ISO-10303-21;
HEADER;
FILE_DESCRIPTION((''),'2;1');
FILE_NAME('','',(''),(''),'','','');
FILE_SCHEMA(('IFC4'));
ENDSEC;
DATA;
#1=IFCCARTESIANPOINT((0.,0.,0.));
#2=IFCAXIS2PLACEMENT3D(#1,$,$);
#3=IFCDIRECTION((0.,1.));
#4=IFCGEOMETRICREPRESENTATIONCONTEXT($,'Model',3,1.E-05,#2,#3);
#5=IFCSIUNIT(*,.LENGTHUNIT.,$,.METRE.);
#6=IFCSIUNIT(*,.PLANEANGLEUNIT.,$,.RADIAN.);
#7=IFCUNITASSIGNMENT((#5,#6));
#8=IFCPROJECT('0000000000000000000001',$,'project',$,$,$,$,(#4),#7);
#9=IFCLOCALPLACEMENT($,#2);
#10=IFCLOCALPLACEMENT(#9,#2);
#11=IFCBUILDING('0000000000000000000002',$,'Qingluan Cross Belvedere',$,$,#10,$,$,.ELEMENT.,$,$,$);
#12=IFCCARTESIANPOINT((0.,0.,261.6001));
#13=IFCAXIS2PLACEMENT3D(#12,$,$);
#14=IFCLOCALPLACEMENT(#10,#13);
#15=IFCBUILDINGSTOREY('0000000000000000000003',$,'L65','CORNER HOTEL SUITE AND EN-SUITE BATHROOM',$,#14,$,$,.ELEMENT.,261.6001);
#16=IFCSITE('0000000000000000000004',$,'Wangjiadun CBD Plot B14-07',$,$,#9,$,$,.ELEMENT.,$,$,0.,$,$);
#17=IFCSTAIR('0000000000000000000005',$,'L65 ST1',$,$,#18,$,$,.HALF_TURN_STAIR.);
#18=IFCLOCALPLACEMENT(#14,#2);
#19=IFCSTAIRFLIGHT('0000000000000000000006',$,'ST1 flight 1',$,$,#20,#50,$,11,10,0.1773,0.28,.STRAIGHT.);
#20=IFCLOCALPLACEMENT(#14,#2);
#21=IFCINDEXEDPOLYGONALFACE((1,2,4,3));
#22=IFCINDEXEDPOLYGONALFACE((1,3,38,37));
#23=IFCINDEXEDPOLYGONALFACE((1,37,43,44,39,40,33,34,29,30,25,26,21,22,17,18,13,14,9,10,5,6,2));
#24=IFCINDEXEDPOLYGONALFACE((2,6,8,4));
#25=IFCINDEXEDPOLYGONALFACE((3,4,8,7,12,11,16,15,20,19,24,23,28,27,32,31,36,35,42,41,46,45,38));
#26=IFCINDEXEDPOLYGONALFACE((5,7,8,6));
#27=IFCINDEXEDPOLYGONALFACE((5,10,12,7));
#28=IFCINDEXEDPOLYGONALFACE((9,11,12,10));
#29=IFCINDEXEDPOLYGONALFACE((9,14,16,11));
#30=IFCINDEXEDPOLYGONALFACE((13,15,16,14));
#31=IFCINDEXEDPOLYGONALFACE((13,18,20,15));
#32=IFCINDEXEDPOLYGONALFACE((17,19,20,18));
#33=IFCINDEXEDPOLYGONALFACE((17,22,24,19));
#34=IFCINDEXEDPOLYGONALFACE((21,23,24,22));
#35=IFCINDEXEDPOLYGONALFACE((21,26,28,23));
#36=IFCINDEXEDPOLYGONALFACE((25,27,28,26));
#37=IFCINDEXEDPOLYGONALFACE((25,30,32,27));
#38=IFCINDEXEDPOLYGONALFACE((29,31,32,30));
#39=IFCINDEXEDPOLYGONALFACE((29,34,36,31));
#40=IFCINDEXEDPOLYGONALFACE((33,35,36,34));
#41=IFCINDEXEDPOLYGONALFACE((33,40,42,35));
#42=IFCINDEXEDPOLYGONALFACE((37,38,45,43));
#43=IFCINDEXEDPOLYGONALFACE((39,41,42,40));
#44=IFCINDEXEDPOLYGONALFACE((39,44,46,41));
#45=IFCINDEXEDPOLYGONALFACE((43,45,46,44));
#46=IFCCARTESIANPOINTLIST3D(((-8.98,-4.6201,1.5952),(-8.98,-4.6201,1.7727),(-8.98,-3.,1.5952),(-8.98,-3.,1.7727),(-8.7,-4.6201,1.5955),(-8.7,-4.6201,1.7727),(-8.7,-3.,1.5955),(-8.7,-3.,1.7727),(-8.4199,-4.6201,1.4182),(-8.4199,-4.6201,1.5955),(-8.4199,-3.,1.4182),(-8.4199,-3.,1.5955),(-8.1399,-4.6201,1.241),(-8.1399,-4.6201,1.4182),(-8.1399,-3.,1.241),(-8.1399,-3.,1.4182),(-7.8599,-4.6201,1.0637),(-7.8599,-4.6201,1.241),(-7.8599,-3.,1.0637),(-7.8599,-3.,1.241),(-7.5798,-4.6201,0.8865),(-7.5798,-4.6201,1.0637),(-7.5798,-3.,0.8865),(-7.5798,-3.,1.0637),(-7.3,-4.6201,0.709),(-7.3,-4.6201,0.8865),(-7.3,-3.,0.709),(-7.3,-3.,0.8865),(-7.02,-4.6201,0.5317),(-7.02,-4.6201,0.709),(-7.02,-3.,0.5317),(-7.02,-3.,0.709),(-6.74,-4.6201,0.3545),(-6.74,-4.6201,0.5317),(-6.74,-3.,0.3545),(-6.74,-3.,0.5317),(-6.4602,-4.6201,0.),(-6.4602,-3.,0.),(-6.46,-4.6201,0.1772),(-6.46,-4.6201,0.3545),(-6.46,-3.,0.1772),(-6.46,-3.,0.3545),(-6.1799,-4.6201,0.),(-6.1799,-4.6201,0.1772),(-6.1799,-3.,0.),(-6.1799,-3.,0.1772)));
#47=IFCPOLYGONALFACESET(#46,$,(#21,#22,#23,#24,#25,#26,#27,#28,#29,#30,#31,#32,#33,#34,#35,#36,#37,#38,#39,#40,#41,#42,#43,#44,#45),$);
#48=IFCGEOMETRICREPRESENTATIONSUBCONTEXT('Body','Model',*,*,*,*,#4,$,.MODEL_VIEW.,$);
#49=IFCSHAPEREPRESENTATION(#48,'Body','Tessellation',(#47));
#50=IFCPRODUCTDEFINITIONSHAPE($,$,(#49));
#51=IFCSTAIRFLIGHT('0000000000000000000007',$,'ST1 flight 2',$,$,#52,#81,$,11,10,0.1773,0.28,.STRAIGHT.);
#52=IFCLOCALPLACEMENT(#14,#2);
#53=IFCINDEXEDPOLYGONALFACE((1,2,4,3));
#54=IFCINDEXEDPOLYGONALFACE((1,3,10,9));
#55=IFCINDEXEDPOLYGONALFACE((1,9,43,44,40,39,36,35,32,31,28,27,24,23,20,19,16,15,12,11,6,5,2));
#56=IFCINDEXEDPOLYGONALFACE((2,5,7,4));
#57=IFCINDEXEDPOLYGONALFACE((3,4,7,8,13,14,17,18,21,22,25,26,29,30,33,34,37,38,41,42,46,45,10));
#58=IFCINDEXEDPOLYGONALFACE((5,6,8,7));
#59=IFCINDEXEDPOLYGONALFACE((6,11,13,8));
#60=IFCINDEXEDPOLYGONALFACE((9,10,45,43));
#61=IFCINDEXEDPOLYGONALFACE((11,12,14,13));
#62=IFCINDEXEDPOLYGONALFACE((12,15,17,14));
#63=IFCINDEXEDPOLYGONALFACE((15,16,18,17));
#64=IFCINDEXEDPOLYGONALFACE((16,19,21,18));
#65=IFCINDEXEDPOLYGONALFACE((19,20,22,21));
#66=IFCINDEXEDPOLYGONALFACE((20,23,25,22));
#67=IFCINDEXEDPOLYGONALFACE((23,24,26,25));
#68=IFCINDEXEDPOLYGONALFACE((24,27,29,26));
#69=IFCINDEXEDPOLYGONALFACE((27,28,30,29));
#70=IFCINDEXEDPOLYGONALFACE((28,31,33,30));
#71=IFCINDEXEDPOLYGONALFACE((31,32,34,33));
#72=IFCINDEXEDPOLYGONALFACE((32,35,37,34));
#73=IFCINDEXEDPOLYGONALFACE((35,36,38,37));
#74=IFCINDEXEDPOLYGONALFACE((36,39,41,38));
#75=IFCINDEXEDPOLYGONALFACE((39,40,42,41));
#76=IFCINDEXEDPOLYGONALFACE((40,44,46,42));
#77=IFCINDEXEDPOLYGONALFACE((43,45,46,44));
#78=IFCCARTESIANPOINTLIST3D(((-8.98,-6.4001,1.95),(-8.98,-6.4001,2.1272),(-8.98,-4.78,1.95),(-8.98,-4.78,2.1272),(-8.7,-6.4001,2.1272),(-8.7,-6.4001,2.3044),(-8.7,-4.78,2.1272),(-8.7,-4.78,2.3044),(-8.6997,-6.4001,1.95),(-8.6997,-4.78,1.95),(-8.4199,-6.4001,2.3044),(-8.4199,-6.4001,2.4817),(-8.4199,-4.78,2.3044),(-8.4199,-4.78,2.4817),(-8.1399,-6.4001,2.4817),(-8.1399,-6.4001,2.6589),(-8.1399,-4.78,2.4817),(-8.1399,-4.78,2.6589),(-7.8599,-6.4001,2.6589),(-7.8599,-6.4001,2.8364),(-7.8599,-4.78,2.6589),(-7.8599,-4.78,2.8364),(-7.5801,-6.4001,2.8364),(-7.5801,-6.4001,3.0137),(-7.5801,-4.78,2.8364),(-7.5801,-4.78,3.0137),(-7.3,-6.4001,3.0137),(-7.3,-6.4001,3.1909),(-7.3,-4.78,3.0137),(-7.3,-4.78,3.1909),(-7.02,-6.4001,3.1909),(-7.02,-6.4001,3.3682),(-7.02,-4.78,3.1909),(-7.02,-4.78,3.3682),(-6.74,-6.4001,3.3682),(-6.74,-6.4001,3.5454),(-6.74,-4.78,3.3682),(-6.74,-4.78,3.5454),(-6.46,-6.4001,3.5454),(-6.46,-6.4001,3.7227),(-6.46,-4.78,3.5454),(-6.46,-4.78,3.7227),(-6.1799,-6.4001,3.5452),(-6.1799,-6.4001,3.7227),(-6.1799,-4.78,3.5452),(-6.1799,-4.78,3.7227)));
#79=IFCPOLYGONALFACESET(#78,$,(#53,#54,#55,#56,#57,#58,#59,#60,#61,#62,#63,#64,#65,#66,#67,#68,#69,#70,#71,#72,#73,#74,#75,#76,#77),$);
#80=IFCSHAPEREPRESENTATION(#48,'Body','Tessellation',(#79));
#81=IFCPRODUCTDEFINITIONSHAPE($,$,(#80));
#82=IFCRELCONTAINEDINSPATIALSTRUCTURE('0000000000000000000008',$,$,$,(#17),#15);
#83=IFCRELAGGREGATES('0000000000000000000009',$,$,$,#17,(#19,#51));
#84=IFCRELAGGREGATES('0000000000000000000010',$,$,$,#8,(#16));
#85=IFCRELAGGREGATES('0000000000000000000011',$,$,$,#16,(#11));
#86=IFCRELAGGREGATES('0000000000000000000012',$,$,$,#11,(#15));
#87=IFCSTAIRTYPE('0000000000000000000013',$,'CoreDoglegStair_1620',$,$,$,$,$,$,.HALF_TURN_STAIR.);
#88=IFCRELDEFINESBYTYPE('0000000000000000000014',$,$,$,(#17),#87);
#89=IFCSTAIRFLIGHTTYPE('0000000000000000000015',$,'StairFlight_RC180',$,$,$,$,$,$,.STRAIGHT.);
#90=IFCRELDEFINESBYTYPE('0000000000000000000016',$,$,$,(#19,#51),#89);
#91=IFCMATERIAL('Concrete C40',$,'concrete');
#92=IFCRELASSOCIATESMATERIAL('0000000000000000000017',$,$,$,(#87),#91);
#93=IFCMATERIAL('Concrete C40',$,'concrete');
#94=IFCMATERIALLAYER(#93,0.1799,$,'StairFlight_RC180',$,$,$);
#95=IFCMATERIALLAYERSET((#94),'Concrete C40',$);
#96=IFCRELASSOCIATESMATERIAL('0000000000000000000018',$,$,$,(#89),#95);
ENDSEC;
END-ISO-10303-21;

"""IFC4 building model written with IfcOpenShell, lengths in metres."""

from ifc_helpers import new_model, si_unit, direction, frame, origin, place, context, subcontext, project, spatial, polyline, outline, extrude, material, layer, layer_set, type_object, element, aggregate, save


model = new_model("IFC4")

# Units and contexts
model_context = context("Model", 3, precision=1e-05, world=origin(), true_north=direction((0.0, 1.0)))
body_context = subcontext(model_context, "Body", "Model", "MODEL_VIEW")
ifc_project = project(units=[si_unit("LENGTHUNIT", "METRE"), si_unit("PLANEANGLEUNIT", "RADIAN")], contexts=[model_context])

# Site, building, storey
site_placement = place(None, origin())
site = spatial("IfcSite", under=ifc_project, at=site_placement, Name="Wangjiadun CBD Plot B14-07", CompositionType="ELEMENT", RefElevation=0.0)
building_placement = place(site_placement, origin())
building = spatial("IfcBuilding", under=site, at=building_placement, Name="Qingluan Cross Belvedere", CompositionType="ELEMENT")
storey_placement = place(building_placement, frame((0.0, 0.0, 261.6001)))
storey = spatial("IfcBuildingStorey", under=building, at=storey_placement, Name="L65", Description="CORNER HOTEL SUITE AND EN-SUITE BATHROOM", CompositionType="ELEMENT", Elevation=261.6001)

# Stair, stair flights
ifc_material_1 = material(Name="Concrete C40", Category="concrete")
stair_type = type_object("IfcStairType", Name="CoreDoglegStair_1620", PredefinedType="HALF_TURN_STAIR", material=ifc_material_1)
stair_placement = place(storey_placement, origin())
stair = element("IfcStair", 1, at=stair_placement, inside=storey, type_object=stair_type, Name="L65 ST1", PredefinedType="HALF_TURN_STAIR")
ifc_material_2 = material(Name="Concrete C40", Category="concrete")
ifc_layer_1 = layer(ifc_material_2, 0.1799, Name="StairFlight_RC180")
ifc_layer_set_1 = layer_set([ifc_layer_1], Name="Concrete C40")
stair_flight_type = type_object("IfcStairFlightType", Name="StairFlight_RC180", PredefinedType="STRAIGHT", material=ifc_layer_set_1)
stair_flight_1_placement = place(storey_placement, frame((-6.1799, -3.8101, 0.0), z_axis=(0.0, 0.0, 1.0), x_axis=(-1.0, 0.0, 0.0)))
stair_flight_1 = element("IfcStairFlight", 2, at=stair_flight_1_placement, type_object=stair_flight_type, Name="ST1 flight 1", NumberOfRisers=11, NumberOfTreads=10, PredefinedType="STRAIGHT", RiserHeight=0.1773, TreadLength=0.28, context=body_context, shape_type="SweptSolid", body=[
    extrude(outline(polyline([(0.0, 0.0), (0.0, 0.1772), (0.28, 0.1772), (0.28, 0.3545), (0.5601, 0.3545), (0.5601, 0.5317), (0.8401, 0.5317), (0.8401, 0.709), (1.1201, 0.709), (1.1201, 0.8865), (1.3999, 0.8865), (1.3999, 1.0637), (1.6799, 1.0637), (1.6799, 1.241), (1.96, 1.241), (1.96, 1.4182), (2.24, 1.4182), (2.24, 1.5955), (2.52, 1.5955), (2.52, 1.7727), (2.8, 1.7727), (2.8, 1.95), (2.8, 1.5952), (0.2803, 0.0), (0.0, 0.0)])), frame((0.0, 0.8101, 0.0), z_axis=(0.0, -1.0, 0.0), x_axis=(1.0, 0.0, 0.0)), (0.0, 0.0, 1.0), 1.6201),
])
stair_flight_2_placement = place(storey_placement, frame((-8.98, -5.5901, 1.95), z_axis=(0.0, 0.0, 1.0), x_axis=(1.0, 0.0, 0.0)))
stair_flight_2 = element("IfcStairFlight", 3, at=stair_flight_2_placement, type_object=stair_flight_type, Name="ST1 flight 2", NumberOfRisers=11, NumberOfTreads=10, PredefinedType="STRAIGHT", RiserHeight=0.1773, TreadLength=0.28, context=body_context, shape_type="SweptSolid", body=[
    extrude(outline(polyline([(0.0, 0.0), (0.0, 0.1772), (0.28, 0.1772), (0.28, 0.3545), (0.5601, 0.3545), (0.5601, 0.5317), (0.8401, 0.5317), (0.8401, 0.709), (1.1201, 0.709), (1.1201, 0.8865), (1.3999, 0.8865), (1.3999, 1.0637), (1.6799, 1.0637), (1.6799, 1.241), (1.96, 1.241), (1.96, 1.4182), (2.24, 1.4182), (2.24, 1.5955), (2.52, 1.5955), (2.52, 1.7727), (2.8, 1.7727), (2.8, 1.95), (2.8, 1.5952), (0.2803, 0.0), (0.0, 0.0)])), frame((0.0, 0.8101, 0.0), z_axis=(0.0, -1.0, 0.0), x_axis=(1.0, 0.0, 0.0)), (0.0, 0.0, 1.0), 1.6201),
])
aggregate(stair, [stair_flight_1, stair_flight_2])

save(model, "model.ifc")
